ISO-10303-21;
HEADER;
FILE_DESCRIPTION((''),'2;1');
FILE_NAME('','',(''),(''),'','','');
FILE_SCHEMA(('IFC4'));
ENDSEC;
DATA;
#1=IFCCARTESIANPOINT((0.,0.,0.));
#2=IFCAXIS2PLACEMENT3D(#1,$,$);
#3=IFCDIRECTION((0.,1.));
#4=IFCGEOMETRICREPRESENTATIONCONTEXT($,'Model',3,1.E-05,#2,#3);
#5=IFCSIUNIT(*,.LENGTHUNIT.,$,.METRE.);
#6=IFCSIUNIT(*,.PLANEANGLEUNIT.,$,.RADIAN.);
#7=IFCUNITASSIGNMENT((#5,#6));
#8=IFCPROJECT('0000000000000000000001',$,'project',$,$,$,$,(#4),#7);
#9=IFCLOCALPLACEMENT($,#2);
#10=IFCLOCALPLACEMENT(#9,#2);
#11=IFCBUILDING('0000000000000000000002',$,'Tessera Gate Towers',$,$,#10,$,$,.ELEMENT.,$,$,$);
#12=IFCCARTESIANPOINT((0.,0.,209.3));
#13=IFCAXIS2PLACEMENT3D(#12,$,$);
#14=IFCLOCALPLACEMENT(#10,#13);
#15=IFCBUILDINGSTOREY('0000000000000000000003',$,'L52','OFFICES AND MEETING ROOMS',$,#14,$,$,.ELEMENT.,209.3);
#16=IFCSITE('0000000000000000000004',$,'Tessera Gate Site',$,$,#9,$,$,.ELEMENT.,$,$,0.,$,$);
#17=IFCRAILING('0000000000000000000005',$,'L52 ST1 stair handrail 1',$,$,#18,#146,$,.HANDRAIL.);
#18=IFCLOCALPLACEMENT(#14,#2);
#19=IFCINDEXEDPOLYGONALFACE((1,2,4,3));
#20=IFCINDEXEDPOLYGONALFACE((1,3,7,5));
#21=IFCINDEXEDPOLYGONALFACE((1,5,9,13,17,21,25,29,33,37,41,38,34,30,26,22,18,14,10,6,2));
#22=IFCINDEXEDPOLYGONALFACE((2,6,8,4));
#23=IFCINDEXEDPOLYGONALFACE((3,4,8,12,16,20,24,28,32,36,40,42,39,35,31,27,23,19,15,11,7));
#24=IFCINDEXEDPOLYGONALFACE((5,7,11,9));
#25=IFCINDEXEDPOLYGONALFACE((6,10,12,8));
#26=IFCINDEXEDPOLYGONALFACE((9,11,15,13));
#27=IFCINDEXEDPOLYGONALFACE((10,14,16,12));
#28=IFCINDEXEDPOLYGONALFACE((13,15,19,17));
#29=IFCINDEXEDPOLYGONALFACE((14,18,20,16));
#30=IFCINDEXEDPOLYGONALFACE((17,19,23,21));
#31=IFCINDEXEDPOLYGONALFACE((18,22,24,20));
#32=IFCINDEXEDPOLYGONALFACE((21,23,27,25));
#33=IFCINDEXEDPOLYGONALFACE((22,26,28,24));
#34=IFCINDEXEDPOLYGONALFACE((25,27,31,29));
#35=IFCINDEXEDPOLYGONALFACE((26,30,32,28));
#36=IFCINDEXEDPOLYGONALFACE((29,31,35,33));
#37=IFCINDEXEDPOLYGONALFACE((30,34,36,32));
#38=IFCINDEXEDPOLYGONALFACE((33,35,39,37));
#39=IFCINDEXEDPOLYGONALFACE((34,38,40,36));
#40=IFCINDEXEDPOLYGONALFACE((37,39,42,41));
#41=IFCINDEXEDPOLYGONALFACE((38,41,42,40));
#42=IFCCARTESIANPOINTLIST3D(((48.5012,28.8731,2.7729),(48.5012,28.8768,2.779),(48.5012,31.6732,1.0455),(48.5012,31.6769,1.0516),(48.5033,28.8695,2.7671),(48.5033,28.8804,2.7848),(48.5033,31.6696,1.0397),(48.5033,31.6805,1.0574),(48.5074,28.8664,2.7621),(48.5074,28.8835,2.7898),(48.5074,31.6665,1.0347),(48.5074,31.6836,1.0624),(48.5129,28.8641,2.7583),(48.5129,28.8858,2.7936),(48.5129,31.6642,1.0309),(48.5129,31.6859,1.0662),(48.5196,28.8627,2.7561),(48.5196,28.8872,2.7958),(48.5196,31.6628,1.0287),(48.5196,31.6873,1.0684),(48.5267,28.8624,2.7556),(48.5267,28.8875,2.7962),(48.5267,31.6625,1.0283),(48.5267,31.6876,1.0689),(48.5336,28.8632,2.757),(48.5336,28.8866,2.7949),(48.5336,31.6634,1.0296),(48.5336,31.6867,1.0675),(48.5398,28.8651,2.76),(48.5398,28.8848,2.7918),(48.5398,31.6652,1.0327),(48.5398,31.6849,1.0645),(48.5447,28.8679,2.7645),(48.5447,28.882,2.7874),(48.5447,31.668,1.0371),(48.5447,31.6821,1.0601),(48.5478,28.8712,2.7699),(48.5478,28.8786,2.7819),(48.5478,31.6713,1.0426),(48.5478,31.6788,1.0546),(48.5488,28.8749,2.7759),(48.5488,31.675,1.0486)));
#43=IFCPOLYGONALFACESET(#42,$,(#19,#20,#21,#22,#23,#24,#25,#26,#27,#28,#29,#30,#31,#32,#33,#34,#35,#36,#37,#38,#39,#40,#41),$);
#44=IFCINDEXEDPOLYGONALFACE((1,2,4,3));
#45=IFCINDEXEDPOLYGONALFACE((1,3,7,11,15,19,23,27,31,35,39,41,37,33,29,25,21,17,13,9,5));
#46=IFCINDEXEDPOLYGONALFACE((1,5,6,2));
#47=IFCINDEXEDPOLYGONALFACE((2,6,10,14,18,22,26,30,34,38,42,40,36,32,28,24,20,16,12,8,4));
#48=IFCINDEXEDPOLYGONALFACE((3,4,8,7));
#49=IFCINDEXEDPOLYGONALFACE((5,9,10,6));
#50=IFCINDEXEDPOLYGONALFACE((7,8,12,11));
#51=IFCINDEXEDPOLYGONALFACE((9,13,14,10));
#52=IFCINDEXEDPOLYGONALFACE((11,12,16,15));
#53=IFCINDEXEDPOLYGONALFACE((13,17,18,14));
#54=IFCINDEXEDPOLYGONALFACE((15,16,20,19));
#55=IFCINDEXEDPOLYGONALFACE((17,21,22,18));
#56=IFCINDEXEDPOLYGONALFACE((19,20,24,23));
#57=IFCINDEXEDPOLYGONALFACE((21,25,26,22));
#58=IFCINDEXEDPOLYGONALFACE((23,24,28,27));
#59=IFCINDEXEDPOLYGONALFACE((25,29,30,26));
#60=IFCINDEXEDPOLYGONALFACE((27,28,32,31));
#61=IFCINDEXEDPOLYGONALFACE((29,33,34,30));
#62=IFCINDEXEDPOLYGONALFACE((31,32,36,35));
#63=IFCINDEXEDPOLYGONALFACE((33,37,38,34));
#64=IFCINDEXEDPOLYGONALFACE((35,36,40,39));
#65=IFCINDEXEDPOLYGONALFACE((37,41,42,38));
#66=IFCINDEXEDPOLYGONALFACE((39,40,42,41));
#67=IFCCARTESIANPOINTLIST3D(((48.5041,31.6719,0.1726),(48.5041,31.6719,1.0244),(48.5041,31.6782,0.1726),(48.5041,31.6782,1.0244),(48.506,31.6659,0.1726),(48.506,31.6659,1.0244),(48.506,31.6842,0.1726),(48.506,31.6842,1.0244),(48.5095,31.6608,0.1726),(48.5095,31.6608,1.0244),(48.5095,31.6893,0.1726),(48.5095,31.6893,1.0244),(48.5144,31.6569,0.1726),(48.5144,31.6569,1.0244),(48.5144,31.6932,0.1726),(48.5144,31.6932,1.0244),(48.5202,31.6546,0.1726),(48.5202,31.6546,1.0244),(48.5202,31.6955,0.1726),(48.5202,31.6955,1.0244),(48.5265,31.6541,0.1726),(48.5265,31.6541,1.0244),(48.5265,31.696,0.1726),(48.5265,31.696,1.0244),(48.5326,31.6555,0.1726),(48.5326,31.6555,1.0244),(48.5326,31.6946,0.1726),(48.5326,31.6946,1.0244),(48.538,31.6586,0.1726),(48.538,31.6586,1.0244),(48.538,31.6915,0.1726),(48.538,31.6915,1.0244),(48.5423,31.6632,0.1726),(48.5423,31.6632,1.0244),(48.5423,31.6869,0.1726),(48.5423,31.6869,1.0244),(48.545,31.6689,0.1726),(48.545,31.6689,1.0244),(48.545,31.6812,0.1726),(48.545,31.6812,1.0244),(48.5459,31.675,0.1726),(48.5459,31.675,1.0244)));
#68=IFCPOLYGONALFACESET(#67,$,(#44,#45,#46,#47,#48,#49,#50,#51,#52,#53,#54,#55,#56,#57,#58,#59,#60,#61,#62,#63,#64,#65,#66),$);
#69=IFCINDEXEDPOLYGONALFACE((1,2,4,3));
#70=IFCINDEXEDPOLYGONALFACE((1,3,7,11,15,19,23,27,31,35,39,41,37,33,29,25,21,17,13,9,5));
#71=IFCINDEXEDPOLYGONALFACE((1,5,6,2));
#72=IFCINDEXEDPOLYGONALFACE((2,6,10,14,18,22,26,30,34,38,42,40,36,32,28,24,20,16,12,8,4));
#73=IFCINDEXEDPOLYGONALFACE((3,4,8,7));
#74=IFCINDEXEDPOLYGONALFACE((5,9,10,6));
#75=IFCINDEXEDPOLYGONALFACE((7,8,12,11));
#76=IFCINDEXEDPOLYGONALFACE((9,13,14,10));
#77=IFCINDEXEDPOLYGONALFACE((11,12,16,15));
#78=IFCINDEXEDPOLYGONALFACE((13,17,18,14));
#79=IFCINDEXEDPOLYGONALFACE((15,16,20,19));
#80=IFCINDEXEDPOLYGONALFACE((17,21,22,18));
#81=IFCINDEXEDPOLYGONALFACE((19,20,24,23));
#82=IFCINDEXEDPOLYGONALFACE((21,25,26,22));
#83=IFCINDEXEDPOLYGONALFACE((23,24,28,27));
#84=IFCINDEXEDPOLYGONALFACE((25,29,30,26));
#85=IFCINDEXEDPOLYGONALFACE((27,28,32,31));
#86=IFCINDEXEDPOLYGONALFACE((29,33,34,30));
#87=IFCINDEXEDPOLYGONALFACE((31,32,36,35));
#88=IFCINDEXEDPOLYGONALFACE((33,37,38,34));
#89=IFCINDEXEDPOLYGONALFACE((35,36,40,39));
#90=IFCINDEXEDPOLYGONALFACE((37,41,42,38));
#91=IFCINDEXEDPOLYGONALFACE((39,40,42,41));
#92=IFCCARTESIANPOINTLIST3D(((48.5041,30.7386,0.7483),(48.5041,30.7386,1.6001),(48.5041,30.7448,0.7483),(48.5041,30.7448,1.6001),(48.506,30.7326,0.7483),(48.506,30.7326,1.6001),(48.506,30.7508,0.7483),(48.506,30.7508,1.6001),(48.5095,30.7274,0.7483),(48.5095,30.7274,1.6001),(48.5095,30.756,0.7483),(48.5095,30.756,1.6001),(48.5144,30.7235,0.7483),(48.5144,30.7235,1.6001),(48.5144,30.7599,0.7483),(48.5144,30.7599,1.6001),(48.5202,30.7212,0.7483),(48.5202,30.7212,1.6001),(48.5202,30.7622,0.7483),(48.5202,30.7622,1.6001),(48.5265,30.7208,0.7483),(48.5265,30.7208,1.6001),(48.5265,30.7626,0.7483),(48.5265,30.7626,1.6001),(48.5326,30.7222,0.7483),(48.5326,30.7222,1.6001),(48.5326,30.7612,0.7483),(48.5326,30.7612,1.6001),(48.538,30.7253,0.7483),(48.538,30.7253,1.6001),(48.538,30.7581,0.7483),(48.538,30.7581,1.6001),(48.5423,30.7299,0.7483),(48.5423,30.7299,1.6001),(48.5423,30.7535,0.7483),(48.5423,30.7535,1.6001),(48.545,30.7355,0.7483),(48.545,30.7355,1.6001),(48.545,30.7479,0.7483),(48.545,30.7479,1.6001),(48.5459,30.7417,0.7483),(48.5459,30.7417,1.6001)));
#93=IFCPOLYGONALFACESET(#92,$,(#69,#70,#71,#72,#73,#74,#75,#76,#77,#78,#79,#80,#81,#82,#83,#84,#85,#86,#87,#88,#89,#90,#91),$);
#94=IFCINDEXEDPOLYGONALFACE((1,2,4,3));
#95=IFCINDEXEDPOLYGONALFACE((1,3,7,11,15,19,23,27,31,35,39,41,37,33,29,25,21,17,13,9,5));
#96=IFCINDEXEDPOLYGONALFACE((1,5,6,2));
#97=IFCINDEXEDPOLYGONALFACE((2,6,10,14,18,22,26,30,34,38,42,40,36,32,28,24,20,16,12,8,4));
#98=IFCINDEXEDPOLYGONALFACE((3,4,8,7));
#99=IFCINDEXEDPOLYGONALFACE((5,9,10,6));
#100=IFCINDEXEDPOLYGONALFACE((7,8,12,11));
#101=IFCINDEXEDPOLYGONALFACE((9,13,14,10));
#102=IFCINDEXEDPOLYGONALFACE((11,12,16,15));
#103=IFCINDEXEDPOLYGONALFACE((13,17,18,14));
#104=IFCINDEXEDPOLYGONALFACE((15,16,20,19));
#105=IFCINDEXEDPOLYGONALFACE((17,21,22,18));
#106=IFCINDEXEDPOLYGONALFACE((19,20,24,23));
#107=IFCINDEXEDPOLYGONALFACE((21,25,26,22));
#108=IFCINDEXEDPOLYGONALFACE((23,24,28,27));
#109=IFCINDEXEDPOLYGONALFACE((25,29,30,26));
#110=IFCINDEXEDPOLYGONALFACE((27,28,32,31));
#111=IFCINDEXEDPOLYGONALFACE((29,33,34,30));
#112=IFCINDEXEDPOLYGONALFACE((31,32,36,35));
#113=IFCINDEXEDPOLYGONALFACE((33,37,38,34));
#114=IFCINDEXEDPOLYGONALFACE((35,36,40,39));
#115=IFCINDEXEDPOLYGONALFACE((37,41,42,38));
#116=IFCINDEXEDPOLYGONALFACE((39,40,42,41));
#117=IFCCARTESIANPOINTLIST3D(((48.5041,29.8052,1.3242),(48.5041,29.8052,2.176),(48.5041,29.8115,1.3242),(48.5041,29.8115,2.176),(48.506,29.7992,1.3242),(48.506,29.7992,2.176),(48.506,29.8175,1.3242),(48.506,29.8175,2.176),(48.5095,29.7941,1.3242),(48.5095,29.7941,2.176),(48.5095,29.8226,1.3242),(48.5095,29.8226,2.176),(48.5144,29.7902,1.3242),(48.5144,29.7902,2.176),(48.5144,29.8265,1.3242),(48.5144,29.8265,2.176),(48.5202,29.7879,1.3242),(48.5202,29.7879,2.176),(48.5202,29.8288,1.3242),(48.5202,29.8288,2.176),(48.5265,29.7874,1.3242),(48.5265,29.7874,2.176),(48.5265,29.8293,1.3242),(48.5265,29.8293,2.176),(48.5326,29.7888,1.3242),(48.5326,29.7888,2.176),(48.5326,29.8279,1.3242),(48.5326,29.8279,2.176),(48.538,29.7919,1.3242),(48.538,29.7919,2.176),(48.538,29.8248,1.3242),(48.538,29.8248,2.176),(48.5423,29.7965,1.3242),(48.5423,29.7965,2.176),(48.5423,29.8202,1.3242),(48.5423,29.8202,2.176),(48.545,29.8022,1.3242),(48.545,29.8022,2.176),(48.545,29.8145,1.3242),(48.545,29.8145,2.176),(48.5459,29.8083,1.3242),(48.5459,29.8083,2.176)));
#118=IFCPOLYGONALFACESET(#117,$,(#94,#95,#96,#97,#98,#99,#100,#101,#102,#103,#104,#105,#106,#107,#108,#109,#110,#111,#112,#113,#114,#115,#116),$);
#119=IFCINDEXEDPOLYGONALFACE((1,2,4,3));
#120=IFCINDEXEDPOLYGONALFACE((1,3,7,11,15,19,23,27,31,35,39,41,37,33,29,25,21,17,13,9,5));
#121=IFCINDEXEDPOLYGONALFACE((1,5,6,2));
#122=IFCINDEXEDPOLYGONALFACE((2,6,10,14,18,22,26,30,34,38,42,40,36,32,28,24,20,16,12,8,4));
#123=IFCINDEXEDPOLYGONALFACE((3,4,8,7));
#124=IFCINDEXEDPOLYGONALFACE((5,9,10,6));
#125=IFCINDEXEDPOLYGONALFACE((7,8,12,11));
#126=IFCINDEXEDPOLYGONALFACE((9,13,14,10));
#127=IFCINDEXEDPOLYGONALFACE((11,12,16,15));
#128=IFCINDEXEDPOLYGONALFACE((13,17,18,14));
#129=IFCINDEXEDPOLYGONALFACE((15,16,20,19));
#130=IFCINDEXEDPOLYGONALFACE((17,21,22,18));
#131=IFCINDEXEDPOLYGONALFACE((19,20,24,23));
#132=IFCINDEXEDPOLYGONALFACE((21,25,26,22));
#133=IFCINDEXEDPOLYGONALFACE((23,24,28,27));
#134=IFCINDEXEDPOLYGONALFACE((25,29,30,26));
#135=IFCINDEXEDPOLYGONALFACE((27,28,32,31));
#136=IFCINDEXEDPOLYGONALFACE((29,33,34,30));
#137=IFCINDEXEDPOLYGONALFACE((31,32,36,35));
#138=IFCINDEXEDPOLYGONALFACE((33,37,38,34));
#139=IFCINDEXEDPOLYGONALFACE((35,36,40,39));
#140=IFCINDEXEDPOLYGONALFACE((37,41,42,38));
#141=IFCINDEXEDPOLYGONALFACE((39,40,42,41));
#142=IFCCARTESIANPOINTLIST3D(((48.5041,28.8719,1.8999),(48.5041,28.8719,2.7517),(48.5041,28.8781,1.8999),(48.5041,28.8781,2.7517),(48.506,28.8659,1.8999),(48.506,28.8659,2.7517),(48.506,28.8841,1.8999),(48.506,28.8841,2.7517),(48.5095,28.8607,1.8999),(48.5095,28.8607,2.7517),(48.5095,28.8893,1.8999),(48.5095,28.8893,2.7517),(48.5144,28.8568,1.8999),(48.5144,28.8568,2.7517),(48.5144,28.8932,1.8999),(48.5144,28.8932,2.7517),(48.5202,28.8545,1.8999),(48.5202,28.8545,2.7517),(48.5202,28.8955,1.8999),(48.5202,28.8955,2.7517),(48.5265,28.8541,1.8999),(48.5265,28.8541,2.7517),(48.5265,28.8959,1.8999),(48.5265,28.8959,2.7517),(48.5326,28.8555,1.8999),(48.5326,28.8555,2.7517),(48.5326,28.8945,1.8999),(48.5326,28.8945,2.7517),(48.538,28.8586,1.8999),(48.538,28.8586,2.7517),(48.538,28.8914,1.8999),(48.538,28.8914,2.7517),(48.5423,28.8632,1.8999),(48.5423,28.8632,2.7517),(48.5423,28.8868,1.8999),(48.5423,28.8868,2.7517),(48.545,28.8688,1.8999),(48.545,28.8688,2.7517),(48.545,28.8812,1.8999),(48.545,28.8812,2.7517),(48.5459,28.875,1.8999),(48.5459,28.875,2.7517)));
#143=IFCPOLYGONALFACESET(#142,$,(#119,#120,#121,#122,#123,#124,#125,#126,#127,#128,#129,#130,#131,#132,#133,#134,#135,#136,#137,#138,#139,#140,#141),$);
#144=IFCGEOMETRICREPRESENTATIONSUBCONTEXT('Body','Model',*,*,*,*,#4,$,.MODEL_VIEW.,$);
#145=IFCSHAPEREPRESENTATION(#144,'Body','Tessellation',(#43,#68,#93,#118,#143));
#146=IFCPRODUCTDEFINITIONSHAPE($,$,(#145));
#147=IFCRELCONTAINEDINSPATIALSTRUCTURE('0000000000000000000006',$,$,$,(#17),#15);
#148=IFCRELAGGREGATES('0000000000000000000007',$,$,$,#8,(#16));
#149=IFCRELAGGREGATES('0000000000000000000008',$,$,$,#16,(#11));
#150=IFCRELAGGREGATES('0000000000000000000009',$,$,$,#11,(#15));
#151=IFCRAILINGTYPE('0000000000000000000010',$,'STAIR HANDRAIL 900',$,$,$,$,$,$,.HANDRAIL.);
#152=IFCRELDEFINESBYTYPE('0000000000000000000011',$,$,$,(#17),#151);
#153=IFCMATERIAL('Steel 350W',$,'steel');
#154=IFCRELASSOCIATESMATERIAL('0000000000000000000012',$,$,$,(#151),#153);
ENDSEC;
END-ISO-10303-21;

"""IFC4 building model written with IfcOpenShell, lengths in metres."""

from ifc_helpers import new_model, si_unit, direction, frame, origin, origin_2d, place, context, subcontext, project, spatial, circle, extrude, material, type_object, element, save


model = new_model("IFC4")

# Units and contexts
model_context = context("Model", 3, precision=1e-05, world=origin(), true_north=direction((0.0, 1.0)))
body_context = subcontext(model_context, "Body", "Model", "MODEL_VIEW")
ifc_project = project(units=[si_unit("LENGTHUNIT", "METRE"), si_unit("PLANEANGLEUNIT", "RADIAN")], contexts=[model_context])

# Site, building, storey
site_placement = place(None, origin())
site = spatial("IfcSite", under=ifc_project, at=site_placement, Name="Tessera Gate Site", CompositionType="ELEMENT", RefElevation=0.0)
building_placement = place(site_placement, origin())
building = spatial("IfcBuilding", under=site, at=building_placement, Name="Tessera Gate Towers", CompositionType="ELEMENT")
storey_placement = place(building_placement, frame((0.0, 0.0, 209.3)))
storey = spatial("IfcBuildingStorey", under=building, at=storey_placement, Name="L52", Description="OFFICES AND MEETING ROOMS", CompositionType="ELEMENT", Elevation=209.3)

# Railing
ifc_material_1 = material(Name="Steel 350W", Category="steel")
railing_type_1 = type_object("IfcRailingType", Name="STAIR HANDRAIL 900", PredefinedType="HANDRAIL", material=ifc_material_1)
railing_1_placement = place(storey_placement, frame((48.5249, 31.675, 0.1726)))
element("IfcRailing", 1, at=railing_1_placement, inside=storey, type_object=railing_type_1, Name="L52 ST1 stair handrail 1", PredefinedType="HANDRAIL", context=body_context, shape_type="SweptSolid", body=[
    extrude(circle(Radius=0.0239, at=origin_2d()), frame((0.0, 0.0, 0.876), z_axis=(0.0, -0.85109, 0.52502), x_axis=(1.0, 0.0, 0.0)), (0.0, 0.0, 1.0), 3.29),
    extrude(circle(Radius=0.021, at=origin_2d()), origin(), (0.0, 0.0, 1.0), 0.8518),
    extrude(circle(Radius=0.021, at=origin_2d()), frame((0.0, -0.9333, 0.5757)), (0.0, 0.0, 1.0), 0.8518),
    extrude(circle(Radius=0.021, at=origin_2d()), frame((0.0, -1.8667, 1.1516)), (0.0, 0.0, 1.0), 0.8518),
    extrude(circle(Radius=0.021, at=origin_2d()), frame((0.0, -2.8, 1.7273)), (0.0, 0.0, 1.0), 0.8518),
])

save(model, "model.ifc")
